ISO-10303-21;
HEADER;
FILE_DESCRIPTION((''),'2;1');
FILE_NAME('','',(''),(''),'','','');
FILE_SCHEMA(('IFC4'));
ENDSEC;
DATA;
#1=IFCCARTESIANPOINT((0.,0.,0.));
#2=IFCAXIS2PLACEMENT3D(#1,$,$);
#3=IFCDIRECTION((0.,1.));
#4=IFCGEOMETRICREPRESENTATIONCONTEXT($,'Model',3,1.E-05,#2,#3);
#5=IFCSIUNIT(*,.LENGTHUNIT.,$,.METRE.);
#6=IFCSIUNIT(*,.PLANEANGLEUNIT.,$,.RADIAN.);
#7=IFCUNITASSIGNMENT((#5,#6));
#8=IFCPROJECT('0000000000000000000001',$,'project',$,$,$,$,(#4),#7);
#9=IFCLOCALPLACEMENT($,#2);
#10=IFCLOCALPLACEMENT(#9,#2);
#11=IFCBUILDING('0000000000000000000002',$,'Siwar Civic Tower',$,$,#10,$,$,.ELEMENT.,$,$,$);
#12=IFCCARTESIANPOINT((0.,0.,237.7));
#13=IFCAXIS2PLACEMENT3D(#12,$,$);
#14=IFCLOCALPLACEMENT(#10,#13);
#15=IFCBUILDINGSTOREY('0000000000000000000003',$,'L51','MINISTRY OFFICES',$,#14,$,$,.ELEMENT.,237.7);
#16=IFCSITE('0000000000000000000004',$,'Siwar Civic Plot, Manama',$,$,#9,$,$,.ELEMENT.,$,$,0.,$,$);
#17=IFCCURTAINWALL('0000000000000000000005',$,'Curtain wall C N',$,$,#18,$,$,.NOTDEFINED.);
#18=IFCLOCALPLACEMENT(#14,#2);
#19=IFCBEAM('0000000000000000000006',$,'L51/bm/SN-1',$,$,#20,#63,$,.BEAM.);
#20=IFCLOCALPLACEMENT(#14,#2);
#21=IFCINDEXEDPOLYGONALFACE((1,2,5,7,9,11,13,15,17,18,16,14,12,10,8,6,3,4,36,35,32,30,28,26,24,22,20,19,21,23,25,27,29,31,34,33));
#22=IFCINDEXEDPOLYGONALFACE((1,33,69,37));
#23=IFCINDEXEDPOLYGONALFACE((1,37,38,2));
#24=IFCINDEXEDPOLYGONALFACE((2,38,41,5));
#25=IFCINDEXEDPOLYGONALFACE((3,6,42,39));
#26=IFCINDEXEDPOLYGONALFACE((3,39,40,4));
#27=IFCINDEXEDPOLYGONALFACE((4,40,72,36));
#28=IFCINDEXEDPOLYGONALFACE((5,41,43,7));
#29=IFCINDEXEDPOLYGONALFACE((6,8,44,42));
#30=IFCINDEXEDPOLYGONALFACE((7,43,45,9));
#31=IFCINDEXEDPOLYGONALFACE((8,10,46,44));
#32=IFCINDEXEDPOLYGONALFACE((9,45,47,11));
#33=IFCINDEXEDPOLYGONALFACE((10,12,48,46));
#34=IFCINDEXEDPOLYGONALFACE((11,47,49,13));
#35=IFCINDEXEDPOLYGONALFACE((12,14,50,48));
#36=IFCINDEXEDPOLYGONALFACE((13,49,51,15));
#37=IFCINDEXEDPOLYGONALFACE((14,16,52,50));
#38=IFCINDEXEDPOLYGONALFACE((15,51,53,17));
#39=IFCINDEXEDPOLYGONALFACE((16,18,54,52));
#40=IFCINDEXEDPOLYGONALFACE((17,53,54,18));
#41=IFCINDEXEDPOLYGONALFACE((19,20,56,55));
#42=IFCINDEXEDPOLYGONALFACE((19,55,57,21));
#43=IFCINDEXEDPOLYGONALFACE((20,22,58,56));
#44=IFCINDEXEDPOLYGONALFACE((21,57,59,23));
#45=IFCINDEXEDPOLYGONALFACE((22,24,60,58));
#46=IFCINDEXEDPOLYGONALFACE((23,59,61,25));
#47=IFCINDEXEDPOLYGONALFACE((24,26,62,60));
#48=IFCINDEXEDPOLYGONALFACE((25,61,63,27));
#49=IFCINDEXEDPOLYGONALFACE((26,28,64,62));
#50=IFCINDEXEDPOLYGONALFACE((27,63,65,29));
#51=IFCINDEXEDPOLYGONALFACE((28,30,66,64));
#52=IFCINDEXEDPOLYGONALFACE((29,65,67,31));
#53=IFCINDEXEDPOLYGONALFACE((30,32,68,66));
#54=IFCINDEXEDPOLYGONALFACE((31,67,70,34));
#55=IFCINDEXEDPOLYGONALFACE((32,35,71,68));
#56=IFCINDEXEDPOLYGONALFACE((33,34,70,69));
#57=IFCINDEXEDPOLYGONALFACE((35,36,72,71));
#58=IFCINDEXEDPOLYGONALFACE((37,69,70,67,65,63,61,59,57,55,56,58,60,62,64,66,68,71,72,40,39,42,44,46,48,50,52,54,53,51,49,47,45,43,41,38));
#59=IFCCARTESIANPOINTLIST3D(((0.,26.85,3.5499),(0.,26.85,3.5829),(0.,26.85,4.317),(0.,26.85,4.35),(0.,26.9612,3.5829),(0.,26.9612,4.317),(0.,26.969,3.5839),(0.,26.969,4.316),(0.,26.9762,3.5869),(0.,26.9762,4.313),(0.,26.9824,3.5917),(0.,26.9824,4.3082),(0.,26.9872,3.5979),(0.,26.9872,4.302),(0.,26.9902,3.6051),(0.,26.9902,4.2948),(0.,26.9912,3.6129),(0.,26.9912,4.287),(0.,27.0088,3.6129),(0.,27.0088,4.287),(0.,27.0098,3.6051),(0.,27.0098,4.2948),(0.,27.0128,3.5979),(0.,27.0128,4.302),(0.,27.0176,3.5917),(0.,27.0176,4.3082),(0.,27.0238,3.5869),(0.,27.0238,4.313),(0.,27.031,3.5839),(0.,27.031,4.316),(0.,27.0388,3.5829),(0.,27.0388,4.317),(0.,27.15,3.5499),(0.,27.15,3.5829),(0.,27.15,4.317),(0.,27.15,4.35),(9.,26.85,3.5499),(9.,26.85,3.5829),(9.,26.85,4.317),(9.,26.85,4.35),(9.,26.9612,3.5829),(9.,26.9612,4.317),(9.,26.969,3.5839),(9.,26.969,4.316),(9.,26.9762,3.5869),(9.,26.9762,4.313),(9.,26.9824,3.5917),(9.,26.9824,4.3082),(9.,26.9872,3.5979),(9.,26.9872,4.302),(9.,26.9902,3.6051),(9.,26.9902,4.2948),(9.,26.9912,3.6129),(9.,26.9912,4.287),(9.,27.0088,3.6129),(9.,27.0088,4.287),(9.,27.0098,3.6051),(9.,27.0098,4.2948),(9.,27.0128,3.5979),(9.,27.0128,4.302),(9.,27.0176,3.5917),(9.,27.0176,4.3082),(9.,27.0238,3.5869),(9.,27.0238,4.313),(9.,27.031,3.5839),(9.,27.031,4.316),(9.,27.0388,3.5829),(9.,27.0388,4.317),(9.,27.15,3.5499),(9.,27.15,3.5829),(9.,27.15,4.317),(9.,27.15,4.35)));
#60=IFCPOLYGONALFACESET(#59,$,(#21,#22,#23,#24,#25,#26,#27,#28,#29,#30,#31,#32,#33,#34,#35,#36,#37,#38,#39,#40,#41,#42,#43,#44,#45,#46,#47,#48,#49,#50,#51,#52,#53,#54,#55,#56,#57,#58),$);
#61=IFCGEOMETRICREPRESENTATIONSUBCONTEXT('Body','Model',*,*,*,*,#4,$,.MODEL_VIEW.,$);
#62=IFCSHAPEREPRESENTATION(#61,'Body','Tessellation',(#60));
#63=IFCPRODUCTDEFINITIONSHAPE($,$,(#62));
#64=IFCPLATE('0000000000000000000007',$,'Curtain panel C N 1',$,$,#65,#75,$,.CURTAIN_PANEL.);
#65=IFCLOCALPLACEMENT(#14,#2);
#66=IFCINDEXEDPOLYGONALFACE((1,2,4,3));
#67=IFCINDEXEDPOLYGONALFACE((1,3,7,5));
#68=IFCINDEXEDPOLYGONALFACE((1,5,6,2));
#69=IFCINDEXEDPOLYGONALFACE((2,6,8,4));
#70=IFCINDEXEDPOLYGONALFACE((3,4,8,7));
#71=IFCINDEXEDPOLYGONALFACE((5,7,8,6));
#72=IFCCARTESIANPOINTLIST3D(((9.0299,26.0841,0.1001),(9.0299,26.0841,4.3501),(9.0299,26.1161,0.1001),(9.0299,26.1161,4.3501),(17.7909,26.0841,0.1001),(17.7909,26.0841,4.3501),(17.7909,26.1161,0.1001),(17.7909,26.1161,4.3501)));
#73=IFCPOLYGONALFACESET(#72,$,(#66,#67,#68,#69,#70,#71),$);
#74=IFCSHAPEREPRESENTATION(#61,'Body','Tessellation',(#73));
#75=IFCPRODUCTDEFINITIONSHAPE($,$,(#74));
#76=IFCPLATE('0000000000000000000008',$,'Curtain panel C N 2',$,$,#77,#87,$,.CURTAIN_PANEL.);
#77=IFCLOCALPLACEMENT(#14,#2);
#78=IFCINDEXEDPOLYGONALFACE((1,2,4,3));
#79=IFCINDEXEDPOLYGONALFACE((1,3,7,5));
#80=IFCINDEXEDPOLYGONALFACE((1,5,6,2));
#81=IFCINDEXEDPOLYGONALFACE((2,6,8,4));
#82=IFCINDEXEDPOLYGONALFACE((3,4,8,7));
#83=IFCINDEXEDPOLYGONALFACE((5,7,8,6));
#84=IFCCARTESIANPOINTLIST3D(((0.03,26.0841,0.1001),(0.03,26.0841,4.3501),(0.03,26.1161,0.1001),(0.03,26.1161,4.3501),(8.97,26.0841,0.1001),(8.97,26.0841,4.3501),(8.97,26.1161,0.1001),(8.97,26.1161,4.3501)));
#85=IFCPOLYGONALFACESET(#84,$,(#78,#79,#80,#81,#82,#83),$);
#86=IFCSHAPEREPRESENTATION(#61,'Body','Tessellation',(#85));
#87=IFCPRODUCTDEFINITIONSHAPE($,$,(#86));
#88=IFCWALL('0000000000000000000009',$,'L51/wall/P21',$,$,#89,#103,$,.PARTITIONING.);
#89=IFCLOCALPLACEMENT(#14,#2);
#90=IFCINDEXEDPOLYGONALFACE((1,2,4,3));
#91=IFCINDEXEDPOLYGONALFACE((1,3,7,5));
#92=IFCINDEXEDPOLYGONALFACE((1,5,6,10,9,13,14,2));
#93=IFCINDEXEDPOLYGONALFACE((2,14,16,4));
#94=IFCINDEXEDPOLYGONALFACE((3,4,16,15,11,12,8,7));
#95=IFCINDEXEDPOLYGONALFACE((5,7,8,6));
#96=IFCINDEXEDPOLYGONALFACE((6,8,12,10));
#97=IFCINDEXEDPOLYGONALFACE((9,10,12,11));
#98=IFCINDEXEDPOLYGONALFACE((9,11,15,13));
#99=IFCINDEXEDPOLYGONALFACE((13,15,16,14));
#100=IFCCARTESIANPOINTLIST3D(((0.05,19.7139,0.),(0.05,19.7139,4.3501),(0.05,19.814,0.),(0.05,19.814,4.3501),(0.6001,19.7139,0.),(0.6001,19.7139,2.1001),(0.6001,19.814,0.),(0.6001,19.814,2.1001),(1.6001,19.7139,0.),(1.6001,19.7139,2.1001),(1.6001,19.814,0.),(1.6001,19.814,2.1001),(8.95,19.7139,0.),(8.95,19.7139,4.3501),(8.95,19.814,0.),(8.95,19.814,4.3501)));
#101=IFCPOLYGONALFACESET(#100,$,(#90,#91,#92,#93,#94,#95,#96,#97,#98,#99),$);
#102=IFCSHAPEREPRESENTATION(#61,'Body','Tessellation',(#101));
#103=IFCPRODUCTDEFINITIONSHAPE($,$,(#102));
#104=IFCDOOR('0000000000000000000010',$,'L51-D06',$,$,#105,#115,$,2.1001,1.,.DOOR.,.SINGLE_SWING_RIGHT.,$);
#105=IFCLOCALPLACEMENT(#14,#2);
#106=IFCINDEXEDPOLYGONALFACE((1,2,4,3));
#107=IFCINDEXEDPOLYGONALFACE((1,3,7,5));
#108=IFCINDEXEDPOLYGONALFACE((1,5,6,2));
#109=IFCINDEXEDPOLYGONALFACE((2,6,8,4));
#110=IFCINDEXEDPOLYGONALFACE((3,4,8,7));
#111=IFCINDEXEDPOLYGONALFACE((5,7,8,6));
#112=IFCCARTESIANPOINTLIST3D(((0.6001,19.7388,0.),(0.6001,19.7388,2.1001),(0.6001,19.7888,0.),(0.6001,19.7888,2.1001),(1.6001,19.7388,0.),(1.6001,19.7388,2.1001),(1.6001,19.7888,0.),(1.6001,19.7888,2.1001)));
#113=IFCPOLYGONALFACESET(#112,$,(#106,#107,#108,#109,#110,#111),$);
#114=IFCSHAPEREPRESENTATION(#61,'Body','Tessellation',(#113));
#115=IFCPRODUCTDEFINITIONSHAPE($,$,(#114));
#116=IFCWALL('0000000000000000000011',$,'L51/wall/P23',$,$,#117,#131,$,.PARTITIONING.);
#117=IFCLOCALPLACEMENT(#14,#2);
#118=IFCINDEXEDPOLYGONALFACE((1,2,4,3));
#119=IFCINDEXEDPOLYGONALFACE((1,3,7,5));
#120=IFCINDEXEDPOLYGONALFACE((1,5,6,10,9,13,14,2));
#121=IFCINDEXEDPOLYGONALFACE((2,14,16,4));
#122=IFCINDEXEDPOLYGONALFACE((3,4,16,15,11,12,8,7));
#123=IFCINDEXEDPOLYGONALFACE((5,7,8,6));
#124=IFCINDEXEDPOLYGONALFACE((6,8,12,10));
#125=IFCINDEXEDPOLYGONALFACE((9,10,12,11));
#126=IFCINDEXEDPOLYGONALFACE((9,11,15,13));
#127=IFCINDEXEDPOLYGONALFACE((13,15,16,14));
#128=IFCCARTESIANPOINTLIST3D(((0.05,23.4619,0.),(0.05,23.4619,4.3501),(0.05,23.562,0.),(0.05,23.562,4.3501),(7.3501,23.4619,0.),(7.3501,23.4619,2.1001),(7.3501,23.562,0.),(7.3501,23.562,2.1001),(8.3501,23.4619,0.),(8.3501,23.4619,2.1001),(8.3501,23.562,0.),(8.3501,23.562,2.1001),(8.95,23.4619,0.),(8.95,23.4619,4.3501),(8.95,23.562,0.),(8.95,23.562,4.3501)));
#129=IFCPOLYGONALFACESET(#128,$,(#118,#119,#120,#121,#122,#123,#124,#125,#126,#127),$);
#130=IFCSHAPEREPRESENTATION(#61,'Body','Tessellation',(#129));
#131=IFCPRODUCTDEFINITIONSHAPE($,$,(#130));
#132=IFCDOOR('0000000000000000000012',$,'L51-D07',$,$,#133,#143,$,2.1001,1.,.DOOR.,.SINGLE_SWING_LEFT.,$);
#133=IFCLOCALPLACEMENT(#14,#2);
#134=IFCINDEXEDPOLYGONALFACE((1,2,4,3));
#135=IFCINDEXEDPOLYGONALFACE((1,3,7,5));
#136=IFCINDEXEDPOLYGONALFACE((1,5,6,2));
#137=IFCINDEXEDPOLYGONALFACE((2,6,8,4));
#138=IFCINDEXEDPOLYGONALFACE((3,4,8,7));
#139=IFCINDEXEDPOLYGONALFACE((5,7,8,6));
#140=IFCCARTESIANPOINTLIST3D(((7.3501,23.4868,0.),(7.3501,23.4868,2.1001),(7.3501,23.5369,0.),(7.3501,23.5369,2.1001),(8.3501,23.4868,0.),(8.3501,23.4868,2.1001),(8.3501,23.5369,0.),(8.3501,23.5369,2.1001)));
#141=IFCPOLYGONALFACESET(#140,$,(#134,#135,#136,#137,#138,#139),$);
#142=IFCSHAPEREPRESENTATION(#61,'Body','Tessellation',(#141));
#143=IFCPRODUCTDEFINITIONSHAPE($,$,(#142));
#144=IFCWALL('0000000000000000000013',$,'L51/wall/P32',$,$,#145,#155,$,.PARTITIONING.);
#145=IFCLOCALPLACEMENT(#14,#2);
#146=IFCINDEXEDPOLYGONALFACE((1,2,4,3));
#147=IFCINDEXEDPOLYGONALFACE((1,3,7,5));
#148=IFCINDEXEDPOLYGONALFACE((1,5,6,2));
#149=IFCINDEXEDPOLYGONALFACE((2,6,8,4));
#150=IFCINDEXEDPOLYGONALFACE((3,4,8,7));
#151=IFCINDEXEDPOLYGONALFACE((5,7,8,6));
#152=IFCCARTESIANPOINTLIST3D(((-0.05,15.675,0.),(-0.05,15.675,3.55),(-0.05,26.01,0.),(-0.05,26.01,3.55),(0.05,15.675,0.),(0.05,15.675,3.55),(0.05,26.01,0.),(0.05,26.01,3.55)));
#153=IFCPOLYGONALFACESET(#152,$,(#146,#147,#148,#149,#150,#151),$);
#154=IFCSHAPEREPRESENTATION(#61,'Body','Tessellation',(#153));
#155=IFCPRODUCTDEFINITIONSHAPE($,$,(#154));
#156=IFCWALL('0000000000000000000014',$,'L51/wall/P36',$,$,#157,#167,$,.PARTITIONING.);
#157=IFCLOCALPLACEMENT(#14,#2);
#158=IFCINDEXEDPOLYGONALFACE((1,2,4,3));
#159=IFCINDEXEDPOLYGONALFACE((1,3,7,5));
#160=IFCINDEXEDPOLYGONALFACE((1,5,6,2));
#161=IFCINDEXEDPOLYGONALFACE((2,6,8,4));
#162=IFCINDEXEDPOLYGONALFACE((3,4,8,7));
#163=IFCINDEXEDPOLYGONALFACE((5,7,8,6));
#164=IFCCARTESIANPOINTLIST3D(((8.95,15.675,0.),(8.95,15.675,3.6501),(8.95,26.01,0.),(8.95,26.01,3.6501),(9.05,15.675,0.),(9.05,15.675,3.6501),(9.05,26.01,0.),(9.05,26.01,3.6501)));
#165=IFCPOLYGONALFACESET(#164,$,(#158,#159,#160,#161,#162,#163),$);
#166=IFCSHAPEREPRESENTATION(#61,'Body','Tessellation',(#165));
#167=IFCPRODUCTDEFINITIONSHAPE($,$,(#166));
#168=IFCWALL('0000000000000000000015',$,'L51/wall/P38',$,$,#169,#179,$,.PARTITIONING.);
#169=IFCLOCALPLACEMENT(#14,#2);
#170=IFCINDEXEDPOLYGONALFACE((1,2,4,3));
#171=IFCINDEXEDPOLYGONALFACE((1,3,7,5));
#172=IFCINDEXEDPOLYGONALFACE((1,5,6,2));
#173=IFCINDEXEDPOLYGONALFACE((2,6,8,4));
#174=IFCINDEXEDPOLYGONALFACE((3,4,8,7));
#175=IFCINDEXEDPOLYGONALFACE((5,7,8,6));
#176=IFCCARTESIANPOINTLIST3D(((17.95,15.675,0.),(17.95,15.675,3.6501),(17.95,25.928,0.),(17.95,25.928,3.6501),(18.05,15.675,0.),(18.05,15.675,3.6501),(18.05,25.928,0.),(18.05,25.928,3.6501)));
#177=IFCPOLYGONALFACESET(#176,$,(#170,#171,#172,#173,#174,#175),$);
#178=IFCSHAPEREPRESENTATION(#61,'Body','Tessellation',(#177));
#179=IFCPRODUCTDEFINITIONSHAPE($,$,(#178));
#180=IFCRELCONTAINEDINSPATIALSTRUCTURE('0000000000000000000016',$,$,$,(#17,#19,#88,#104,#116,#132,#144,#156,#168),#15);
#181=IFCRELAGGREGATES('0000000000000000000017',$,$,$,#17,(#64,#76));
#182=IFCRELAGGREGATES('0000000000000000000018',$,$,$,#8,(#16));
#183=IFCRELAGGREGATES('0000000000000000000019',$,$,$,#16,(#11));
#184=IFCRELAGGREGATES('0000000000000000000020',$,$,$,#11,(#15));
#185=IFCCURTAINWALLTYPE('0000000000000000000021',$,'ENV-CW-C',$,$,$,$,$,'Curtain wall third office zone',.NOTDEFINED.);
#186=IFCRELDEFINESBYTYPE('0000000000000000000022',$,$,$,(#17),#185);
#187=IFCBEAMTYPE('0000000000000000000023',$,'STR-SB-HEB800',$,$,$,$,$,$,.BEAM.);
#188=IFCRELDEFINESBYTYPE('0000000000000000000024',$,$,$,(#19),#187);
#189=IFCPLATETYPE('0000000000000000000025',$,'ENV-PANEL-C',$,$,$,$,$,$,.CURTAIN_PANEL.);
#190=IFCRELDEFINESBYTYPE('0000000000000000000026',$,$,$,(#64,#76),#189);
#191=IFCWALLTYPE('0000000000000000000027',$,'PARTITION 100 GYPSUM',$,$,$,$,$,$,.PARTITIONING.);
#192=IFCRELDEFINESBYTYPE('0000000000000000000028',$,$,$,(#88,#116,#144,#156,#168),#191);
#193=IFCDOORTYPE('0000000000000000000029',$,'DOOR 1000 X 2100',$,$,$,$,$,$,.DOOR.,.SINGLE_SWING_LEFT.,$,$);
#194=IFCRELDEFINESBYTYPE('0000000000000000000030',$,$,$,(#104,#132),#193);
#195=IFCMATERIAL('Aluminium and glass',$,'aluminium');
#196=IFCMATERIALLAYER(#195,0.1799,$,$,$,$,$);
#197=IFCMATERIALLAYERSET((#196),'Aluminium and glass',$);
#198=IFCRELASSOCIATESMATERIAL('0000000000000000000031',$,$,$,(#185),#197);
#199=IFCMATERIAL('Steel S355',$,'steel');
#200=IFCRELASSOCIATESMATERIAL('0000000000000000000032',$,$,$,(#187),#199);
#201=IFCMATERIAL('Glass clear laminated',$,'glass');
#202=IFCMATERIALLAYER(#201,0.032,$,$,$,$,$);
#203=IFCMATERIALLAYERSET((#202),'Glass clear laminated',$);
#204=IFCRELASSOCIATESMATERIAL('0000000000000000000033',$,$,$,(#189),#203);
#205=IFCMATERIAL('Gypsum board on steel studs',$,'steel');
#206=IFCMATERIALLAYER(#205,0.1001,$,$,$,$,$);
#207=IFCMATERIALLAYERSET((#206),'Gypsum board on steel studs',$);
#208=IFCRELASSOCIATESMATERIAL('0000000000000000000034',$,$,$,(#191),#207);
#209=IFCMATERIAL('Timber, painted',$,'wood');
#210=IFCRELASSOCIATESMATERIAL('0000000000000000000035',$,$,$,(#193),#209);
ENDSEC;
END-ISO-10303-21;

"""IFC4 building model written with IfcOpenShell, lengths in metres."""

from ifc_helpers import new_model, si_unit, direction, frame, frame_2d, origin, origin_2d, place, context, subcontext, project, spatial, rectangle, i_section, extrude, material, layer, layer_set, material_profile, profile_set, type_object, element, fill, aggregate, save


model = new_model("IFC4")

# Units and contexts
model_context = context("Model", 3, precision=1e-05, world=origin(), true_north=direction((0.0, 1.0)))
body_context = subcontext(model_context, "Body", "Model", "MODEL_VIEW")
ifc_project = project(units=[si_unit("LENGTHUNIT", "METRE"), si_unit("PLANEANGLEUNIT", "RADIAN")], contexts=[model_context])

# Site, building, storey
site_placement = place(None, origin())
site = spatial("IfcSite", under=ifc_project, at=site_placement, Name="Siwar Civic Plot, Manama", CompositionType="ELEMENT", RefElevation=0.0)
building_placement = place(site_placement, origin())
building = spatial("IfcBuilding", under=site, at=building_placement, Name="Siwar Civic Tower", CompositionType="ELEMENT")
storey_placement = place(building_placement, frame((0.0, 0.0, 237.7)))
storey = spatial("IfcBuildingStorey", under=building, at=storey_placement, Name="L51", Description="MINISTRY OFFICES", CompositionType="ELEMENT", Elevation=237.7)

# Curtain wall
ifc_material_1 = material(Name="Aluminium and glass", Category="aluminium")
ifc_layer_1 = layer(ifc_material_1, 0.1799)
ifc_layer_set_1 = layer_set([ifc_layer_1], Name="Aluminium and glass")
curtain_wall_type = type_object("IfcCurtainWallType", Name="ENV-CW-C", ElementType="Curtain wall third office zone", PredefinedType="NOTDEFINED", material=ifc_layer_set_1)
curtain_wall_placement = place(storey_placement, origin())
curtain_wall = element("IfcCurtainWall", 1, at=curtain_wall_placement, inside=storey, type_object=curtain_wall_type, Name="Curtain wall C N", PredefinedType="NOTDEFINED")

# Beam
ifc_material_2 = material(Name="Steel S355", Category="steel")
ifc_material_profile_1 = material_profile(ifc_material_2, i_section(OverallWidth=0.3, OverallDepth=0.8, WebThickness=0.0176, FlangeThickness=0.033, FilletRadius=0.03, at=origin_2d()), Name="HEB800")
ifc_profile_set_1 = profile_set([ifc_material_profile_1], Name="Steel S355")
beam_type_1 = type_object("IfcBeamType", Name="STR-SB-HEB800", PredefinedType="BEAM", material=ifc_profile_set_1)
beam_placement = place(storey_placement, frame((9.0, 27.0, 3.95), z_axis=(-1.0, 0.0, 0.0), x_axis=(0.0, -1.0, 0.0)))
element("IfcBeam", 2, at=beam_placement, inside=storey, type_object=beam_type_1, Name="L51/bm/SN-1", PredefinedType="BEAM", context=body_context, shape_type="SweptSolid", body=[
    extrude(i_section(OverallWidth=0.3, OverallDepth=0.8, WebThickness=0.0176, FlangeThickness=0.033, FilletRadius=0.03, at=origin_2d()), origin(), (0.0, 0.0, 1.0), 9.0),
])

# Plates
ifc_material_3 = material(Name="Glass clear laminated", Category="glass")
ifc_layer_2 = layer(ifc_material_3, 0.032)
ifc_layer_set_2 = layer_set([ifc_layer_2], Name="Glass clear laminated")
plate_type = type_object("IfcPlateType", Name="ENV-PANEL-C", PredefinedType="CURTAIN_PANEL", material=ifc_layer_set_2)
plate_1_placement = place(storey_placement, frame((13.4104, 26.1001, 0.1001), z_axis=(0.0, 0.0, 1.0), x_axis=(-1.0, 0.0, 0.0)))
plate_1 = element("IfcPlate", 3, at=plate_1_placement, type_object=plate_type, Name="Curtain panel C N 1", PredefinedType="CURTAIN_PANEL", context=body_context, shape_type="SweptSolid", body=[
    extrude(rectangle(XDim=8.761, YDim=0.032, at=origin_2d()), origin(), (0.0, 0.0, 1.0), 4.25),
])
plate_2_placement = place(storey_placement, frame((4.5, 26.1001, 0.1001), z_axis=(0.0, 0.0, 1.0), x_axis=(-1.0, 0.0, 0.0)))
plate_2 = element("IfcPlate", 4, at=plate_2_placement, type_object=plate_type, Name="Curtain panel C N 2", PredefinedType="CURTAIN_PANEL", context=body_context, shape_type="SweptSolid", body=[
    extrude(rectangle(XDim=8.9399, YDim=0.032, at=origin_2d()), origin(), (0.0, 0.0, 1.0), 4.25),
])
aggregate(curtain_wall, [plate_1, plate_2])

# Walls, openings, doors
ifc_material_4 = material(Name="Gypsum board on steel studs", Category="steel")
ifc_layer_3 = layer(ifc_material_4, 0.1001)
ifc_layer_set_3 = layer_set([ifc_layer_3], Name="Gypsum board on steel studs")
wall_type = type_object("IfcWallType", Name="PARTITION 100 GYPSUM", PredefinedType="PARTITIONING", material=ifc_layer_set_3)
wall_1_placement = place(storey_placement, frame((0.05, 19.7639, 0.0), z_axis=(0.0, 0.0, 1.0), x_axis=(1.0, 0.0, 0.0)))
wall_1 = element("IfcWall", 5, at=wall_1_placement, inside=storey, type_object=wall_type, Name="L51/wall/P21", PredefinedType="PARTITIONING", context=body_context, shape_type="SweptSolid", body=[
    extrude(rectangle(XDim=8.8999, YDim=0.1001, at=frame_2d((4.45, 0.0))), origin(), (0.0, 0.0, 1.0), 4.3501),
])
opening_1_placement = place(wall_1_placement, frame((0.55, 0.0, 0.0)))
opening_1 = element("IfcOpeningElement", 6, at=opening_1_placement, cuts=wall_1, PredefinedType="OPENING", context=body_context, shape_type="SweptSolid", body=[
    extrude(rectangle(XDim=1.0, YDim=2.1001, at=frame_2d((0.5, 1.05))), frame((0.0, 0.0601, 0.0), z_axis=(0.0, -1.0, 0.0), x_axis=(1.0, 0.0, 0.0)), (0.0, 0.0, 1.0), 0.1201),
])
ifc_material_5 = material(Name="Timber, painted", Category="wood")
door_type = type_object("IfcDoorType", Name="DOOR 1000 X 2100", OperationType="SINGLE_SWING_LEFT", PredefinedType="DOOR", material=ifc_material_5)
door_1_placement = place(opening_1_placement, origin())
door_1 = element("IfcDoor", 7, at=door_1_placement, inside=storey, type_object=door_type, Name="L51-D06", OperationType="SINGLE_SWING_RIGHT", OverallHeight=2.1001, OverallWidth=1.0, PredefinedType="DOOR", context=body_context, shape_type="SweptSolid", body=[
    extrude(rectangle(XDim=1.0, YDim=2.1001, at=frame_2d((0.5, 1.05))), frame((0.0, 0.0249, 0.0), z_axis=(0.0, -1.0, 0.0), x_axis=(1.0, 0.0, 0.0)), (0.0, 0.0, 1.0), 0.05),
])
fill(opening_1, door_1)
wall_2_placement = place(storey_placement, frame((0.05, 23.512, 0.0), z_axis=(0.0, 0.0, 1.0), x_axis=(1.0, 0.0, 0.0)))
wall_2 = element("IfcWall", 8, at=wall_2_placement, inside=storey, type_object=wall_type, Name="L51/wall/P23", PredefinedType="PARTITIONING", context=body_context, shape_type="SweptSolid", body=[
    extrude(rectangle(XDim=8.8999, YDim=0.1001, at=frame_2d((4.45, 0.0))), origin(), (0.0, 0.0, 1.0), 4.3501),
])
opening_2_placement = place(wall_2_placement, frame((7.3, 0.0, 0.0)))
opening_2 = element("IfcOpeningElement", 9, at=opening_2_placement, cuts=wall_2, PredefinedType="OPENING", context=body_context, shape_type="SweptSolid", body=[
    extrude(rectangle(XDim=1.0, YDim=2.1001, at=frame_2d((0.5, 1.05))), frame((0.0, 0.0601, 0.0), z_axis=(0.0, -1.0, 0.0), x_axis=(1.0, 0.0, 0.0)), (0.0, 0.0, 1.0), 0.1201),
])
door_2_placement = place(opening_2_placement, origin())
door_2 = element("IfcDoor", 10, at=door_2_placement, inside=storey, type_object=door_type, Name="L51-D07", OperationType="SINGLE_SWING_LEFT", OverallHeight=2.1001, OverallWidth=1.0, PredefinedType="DOOR", context=body_context, shape_type="SweptSolid", body=[
    extrude(rectangle(XDim=1.0, YDim=2.1001, at=frame_2d((0.5, 1.05))), frame((0.0, 0.0249, 0.0), z_axis=(0.0, -1.0, 0.0), x_axis=(1.0, 0.0, 0.0)), (0.0, 0.0, 1.0), 0.05),
])
fill(opening_2, door_2)

# Walls
wall_3_placement = place(storey_placement, frame((0.0, 15.675, 0.0), z_axis=(0.0, 0.0, 1.0), x_axis=(0.0, 1.0, 0.0)))
element("IfcWall", 11, at=wall_3_placement, inside=storey, type_object=wall_type, Name="L51/wall/P32", PredefinedType="PARTITIONING", context=body_context, shape_type="SweptSolid", body=[
    extrude(rectangle(XDim=10.335, YDim=0.1001, at=frame_2d((5.1675, 0.0))), origin(), (0.0, 0.0, 1.0), 3.55),
])
wall_4_placement = place(storey_placement, frame((9.0, 15.675, 0.0), z_axis=(0.0, 0.0, 1.0), x_axis=(0.0, 1.0, 0.0)))
element("IfcWall", 12, at=wall_4_placement, inside=storey, type_object=wall_type, Name="L51/wall/P36", PredefinedType="PARTITIONING", context=body_context, shape_type="SweptSolid", body=[
    extrude(rectangle(XDim=10.335, YDim=0.1001, at=frame_2d((5.1675, 0.0))), origin(), (0.0, 0.0, 1.0), 3.6501),
])
wall_5_placement = place(storey_placement, frame((18.0, 15.675, 0.0), z_axis=(0.0, 0.0, 1.0), x_axis=(0.0, 1.0, 0.0)))
element("IfcWall", 13, at=wall_5_placement, inside=storey, type_object=wall_type, Name="L51/wall/P38", PredefinedType="PARTITIONING", context=body_context, shape_type="SweptSolid", body=[
    extrude(rectangle(XDim=10.2529, YDim=0.1001, at=frame_2d((5.1265, 0.0))), origin(), (0.0, 0.0, 1.0), 3.6501),
])

save(model, "model.ifc")
